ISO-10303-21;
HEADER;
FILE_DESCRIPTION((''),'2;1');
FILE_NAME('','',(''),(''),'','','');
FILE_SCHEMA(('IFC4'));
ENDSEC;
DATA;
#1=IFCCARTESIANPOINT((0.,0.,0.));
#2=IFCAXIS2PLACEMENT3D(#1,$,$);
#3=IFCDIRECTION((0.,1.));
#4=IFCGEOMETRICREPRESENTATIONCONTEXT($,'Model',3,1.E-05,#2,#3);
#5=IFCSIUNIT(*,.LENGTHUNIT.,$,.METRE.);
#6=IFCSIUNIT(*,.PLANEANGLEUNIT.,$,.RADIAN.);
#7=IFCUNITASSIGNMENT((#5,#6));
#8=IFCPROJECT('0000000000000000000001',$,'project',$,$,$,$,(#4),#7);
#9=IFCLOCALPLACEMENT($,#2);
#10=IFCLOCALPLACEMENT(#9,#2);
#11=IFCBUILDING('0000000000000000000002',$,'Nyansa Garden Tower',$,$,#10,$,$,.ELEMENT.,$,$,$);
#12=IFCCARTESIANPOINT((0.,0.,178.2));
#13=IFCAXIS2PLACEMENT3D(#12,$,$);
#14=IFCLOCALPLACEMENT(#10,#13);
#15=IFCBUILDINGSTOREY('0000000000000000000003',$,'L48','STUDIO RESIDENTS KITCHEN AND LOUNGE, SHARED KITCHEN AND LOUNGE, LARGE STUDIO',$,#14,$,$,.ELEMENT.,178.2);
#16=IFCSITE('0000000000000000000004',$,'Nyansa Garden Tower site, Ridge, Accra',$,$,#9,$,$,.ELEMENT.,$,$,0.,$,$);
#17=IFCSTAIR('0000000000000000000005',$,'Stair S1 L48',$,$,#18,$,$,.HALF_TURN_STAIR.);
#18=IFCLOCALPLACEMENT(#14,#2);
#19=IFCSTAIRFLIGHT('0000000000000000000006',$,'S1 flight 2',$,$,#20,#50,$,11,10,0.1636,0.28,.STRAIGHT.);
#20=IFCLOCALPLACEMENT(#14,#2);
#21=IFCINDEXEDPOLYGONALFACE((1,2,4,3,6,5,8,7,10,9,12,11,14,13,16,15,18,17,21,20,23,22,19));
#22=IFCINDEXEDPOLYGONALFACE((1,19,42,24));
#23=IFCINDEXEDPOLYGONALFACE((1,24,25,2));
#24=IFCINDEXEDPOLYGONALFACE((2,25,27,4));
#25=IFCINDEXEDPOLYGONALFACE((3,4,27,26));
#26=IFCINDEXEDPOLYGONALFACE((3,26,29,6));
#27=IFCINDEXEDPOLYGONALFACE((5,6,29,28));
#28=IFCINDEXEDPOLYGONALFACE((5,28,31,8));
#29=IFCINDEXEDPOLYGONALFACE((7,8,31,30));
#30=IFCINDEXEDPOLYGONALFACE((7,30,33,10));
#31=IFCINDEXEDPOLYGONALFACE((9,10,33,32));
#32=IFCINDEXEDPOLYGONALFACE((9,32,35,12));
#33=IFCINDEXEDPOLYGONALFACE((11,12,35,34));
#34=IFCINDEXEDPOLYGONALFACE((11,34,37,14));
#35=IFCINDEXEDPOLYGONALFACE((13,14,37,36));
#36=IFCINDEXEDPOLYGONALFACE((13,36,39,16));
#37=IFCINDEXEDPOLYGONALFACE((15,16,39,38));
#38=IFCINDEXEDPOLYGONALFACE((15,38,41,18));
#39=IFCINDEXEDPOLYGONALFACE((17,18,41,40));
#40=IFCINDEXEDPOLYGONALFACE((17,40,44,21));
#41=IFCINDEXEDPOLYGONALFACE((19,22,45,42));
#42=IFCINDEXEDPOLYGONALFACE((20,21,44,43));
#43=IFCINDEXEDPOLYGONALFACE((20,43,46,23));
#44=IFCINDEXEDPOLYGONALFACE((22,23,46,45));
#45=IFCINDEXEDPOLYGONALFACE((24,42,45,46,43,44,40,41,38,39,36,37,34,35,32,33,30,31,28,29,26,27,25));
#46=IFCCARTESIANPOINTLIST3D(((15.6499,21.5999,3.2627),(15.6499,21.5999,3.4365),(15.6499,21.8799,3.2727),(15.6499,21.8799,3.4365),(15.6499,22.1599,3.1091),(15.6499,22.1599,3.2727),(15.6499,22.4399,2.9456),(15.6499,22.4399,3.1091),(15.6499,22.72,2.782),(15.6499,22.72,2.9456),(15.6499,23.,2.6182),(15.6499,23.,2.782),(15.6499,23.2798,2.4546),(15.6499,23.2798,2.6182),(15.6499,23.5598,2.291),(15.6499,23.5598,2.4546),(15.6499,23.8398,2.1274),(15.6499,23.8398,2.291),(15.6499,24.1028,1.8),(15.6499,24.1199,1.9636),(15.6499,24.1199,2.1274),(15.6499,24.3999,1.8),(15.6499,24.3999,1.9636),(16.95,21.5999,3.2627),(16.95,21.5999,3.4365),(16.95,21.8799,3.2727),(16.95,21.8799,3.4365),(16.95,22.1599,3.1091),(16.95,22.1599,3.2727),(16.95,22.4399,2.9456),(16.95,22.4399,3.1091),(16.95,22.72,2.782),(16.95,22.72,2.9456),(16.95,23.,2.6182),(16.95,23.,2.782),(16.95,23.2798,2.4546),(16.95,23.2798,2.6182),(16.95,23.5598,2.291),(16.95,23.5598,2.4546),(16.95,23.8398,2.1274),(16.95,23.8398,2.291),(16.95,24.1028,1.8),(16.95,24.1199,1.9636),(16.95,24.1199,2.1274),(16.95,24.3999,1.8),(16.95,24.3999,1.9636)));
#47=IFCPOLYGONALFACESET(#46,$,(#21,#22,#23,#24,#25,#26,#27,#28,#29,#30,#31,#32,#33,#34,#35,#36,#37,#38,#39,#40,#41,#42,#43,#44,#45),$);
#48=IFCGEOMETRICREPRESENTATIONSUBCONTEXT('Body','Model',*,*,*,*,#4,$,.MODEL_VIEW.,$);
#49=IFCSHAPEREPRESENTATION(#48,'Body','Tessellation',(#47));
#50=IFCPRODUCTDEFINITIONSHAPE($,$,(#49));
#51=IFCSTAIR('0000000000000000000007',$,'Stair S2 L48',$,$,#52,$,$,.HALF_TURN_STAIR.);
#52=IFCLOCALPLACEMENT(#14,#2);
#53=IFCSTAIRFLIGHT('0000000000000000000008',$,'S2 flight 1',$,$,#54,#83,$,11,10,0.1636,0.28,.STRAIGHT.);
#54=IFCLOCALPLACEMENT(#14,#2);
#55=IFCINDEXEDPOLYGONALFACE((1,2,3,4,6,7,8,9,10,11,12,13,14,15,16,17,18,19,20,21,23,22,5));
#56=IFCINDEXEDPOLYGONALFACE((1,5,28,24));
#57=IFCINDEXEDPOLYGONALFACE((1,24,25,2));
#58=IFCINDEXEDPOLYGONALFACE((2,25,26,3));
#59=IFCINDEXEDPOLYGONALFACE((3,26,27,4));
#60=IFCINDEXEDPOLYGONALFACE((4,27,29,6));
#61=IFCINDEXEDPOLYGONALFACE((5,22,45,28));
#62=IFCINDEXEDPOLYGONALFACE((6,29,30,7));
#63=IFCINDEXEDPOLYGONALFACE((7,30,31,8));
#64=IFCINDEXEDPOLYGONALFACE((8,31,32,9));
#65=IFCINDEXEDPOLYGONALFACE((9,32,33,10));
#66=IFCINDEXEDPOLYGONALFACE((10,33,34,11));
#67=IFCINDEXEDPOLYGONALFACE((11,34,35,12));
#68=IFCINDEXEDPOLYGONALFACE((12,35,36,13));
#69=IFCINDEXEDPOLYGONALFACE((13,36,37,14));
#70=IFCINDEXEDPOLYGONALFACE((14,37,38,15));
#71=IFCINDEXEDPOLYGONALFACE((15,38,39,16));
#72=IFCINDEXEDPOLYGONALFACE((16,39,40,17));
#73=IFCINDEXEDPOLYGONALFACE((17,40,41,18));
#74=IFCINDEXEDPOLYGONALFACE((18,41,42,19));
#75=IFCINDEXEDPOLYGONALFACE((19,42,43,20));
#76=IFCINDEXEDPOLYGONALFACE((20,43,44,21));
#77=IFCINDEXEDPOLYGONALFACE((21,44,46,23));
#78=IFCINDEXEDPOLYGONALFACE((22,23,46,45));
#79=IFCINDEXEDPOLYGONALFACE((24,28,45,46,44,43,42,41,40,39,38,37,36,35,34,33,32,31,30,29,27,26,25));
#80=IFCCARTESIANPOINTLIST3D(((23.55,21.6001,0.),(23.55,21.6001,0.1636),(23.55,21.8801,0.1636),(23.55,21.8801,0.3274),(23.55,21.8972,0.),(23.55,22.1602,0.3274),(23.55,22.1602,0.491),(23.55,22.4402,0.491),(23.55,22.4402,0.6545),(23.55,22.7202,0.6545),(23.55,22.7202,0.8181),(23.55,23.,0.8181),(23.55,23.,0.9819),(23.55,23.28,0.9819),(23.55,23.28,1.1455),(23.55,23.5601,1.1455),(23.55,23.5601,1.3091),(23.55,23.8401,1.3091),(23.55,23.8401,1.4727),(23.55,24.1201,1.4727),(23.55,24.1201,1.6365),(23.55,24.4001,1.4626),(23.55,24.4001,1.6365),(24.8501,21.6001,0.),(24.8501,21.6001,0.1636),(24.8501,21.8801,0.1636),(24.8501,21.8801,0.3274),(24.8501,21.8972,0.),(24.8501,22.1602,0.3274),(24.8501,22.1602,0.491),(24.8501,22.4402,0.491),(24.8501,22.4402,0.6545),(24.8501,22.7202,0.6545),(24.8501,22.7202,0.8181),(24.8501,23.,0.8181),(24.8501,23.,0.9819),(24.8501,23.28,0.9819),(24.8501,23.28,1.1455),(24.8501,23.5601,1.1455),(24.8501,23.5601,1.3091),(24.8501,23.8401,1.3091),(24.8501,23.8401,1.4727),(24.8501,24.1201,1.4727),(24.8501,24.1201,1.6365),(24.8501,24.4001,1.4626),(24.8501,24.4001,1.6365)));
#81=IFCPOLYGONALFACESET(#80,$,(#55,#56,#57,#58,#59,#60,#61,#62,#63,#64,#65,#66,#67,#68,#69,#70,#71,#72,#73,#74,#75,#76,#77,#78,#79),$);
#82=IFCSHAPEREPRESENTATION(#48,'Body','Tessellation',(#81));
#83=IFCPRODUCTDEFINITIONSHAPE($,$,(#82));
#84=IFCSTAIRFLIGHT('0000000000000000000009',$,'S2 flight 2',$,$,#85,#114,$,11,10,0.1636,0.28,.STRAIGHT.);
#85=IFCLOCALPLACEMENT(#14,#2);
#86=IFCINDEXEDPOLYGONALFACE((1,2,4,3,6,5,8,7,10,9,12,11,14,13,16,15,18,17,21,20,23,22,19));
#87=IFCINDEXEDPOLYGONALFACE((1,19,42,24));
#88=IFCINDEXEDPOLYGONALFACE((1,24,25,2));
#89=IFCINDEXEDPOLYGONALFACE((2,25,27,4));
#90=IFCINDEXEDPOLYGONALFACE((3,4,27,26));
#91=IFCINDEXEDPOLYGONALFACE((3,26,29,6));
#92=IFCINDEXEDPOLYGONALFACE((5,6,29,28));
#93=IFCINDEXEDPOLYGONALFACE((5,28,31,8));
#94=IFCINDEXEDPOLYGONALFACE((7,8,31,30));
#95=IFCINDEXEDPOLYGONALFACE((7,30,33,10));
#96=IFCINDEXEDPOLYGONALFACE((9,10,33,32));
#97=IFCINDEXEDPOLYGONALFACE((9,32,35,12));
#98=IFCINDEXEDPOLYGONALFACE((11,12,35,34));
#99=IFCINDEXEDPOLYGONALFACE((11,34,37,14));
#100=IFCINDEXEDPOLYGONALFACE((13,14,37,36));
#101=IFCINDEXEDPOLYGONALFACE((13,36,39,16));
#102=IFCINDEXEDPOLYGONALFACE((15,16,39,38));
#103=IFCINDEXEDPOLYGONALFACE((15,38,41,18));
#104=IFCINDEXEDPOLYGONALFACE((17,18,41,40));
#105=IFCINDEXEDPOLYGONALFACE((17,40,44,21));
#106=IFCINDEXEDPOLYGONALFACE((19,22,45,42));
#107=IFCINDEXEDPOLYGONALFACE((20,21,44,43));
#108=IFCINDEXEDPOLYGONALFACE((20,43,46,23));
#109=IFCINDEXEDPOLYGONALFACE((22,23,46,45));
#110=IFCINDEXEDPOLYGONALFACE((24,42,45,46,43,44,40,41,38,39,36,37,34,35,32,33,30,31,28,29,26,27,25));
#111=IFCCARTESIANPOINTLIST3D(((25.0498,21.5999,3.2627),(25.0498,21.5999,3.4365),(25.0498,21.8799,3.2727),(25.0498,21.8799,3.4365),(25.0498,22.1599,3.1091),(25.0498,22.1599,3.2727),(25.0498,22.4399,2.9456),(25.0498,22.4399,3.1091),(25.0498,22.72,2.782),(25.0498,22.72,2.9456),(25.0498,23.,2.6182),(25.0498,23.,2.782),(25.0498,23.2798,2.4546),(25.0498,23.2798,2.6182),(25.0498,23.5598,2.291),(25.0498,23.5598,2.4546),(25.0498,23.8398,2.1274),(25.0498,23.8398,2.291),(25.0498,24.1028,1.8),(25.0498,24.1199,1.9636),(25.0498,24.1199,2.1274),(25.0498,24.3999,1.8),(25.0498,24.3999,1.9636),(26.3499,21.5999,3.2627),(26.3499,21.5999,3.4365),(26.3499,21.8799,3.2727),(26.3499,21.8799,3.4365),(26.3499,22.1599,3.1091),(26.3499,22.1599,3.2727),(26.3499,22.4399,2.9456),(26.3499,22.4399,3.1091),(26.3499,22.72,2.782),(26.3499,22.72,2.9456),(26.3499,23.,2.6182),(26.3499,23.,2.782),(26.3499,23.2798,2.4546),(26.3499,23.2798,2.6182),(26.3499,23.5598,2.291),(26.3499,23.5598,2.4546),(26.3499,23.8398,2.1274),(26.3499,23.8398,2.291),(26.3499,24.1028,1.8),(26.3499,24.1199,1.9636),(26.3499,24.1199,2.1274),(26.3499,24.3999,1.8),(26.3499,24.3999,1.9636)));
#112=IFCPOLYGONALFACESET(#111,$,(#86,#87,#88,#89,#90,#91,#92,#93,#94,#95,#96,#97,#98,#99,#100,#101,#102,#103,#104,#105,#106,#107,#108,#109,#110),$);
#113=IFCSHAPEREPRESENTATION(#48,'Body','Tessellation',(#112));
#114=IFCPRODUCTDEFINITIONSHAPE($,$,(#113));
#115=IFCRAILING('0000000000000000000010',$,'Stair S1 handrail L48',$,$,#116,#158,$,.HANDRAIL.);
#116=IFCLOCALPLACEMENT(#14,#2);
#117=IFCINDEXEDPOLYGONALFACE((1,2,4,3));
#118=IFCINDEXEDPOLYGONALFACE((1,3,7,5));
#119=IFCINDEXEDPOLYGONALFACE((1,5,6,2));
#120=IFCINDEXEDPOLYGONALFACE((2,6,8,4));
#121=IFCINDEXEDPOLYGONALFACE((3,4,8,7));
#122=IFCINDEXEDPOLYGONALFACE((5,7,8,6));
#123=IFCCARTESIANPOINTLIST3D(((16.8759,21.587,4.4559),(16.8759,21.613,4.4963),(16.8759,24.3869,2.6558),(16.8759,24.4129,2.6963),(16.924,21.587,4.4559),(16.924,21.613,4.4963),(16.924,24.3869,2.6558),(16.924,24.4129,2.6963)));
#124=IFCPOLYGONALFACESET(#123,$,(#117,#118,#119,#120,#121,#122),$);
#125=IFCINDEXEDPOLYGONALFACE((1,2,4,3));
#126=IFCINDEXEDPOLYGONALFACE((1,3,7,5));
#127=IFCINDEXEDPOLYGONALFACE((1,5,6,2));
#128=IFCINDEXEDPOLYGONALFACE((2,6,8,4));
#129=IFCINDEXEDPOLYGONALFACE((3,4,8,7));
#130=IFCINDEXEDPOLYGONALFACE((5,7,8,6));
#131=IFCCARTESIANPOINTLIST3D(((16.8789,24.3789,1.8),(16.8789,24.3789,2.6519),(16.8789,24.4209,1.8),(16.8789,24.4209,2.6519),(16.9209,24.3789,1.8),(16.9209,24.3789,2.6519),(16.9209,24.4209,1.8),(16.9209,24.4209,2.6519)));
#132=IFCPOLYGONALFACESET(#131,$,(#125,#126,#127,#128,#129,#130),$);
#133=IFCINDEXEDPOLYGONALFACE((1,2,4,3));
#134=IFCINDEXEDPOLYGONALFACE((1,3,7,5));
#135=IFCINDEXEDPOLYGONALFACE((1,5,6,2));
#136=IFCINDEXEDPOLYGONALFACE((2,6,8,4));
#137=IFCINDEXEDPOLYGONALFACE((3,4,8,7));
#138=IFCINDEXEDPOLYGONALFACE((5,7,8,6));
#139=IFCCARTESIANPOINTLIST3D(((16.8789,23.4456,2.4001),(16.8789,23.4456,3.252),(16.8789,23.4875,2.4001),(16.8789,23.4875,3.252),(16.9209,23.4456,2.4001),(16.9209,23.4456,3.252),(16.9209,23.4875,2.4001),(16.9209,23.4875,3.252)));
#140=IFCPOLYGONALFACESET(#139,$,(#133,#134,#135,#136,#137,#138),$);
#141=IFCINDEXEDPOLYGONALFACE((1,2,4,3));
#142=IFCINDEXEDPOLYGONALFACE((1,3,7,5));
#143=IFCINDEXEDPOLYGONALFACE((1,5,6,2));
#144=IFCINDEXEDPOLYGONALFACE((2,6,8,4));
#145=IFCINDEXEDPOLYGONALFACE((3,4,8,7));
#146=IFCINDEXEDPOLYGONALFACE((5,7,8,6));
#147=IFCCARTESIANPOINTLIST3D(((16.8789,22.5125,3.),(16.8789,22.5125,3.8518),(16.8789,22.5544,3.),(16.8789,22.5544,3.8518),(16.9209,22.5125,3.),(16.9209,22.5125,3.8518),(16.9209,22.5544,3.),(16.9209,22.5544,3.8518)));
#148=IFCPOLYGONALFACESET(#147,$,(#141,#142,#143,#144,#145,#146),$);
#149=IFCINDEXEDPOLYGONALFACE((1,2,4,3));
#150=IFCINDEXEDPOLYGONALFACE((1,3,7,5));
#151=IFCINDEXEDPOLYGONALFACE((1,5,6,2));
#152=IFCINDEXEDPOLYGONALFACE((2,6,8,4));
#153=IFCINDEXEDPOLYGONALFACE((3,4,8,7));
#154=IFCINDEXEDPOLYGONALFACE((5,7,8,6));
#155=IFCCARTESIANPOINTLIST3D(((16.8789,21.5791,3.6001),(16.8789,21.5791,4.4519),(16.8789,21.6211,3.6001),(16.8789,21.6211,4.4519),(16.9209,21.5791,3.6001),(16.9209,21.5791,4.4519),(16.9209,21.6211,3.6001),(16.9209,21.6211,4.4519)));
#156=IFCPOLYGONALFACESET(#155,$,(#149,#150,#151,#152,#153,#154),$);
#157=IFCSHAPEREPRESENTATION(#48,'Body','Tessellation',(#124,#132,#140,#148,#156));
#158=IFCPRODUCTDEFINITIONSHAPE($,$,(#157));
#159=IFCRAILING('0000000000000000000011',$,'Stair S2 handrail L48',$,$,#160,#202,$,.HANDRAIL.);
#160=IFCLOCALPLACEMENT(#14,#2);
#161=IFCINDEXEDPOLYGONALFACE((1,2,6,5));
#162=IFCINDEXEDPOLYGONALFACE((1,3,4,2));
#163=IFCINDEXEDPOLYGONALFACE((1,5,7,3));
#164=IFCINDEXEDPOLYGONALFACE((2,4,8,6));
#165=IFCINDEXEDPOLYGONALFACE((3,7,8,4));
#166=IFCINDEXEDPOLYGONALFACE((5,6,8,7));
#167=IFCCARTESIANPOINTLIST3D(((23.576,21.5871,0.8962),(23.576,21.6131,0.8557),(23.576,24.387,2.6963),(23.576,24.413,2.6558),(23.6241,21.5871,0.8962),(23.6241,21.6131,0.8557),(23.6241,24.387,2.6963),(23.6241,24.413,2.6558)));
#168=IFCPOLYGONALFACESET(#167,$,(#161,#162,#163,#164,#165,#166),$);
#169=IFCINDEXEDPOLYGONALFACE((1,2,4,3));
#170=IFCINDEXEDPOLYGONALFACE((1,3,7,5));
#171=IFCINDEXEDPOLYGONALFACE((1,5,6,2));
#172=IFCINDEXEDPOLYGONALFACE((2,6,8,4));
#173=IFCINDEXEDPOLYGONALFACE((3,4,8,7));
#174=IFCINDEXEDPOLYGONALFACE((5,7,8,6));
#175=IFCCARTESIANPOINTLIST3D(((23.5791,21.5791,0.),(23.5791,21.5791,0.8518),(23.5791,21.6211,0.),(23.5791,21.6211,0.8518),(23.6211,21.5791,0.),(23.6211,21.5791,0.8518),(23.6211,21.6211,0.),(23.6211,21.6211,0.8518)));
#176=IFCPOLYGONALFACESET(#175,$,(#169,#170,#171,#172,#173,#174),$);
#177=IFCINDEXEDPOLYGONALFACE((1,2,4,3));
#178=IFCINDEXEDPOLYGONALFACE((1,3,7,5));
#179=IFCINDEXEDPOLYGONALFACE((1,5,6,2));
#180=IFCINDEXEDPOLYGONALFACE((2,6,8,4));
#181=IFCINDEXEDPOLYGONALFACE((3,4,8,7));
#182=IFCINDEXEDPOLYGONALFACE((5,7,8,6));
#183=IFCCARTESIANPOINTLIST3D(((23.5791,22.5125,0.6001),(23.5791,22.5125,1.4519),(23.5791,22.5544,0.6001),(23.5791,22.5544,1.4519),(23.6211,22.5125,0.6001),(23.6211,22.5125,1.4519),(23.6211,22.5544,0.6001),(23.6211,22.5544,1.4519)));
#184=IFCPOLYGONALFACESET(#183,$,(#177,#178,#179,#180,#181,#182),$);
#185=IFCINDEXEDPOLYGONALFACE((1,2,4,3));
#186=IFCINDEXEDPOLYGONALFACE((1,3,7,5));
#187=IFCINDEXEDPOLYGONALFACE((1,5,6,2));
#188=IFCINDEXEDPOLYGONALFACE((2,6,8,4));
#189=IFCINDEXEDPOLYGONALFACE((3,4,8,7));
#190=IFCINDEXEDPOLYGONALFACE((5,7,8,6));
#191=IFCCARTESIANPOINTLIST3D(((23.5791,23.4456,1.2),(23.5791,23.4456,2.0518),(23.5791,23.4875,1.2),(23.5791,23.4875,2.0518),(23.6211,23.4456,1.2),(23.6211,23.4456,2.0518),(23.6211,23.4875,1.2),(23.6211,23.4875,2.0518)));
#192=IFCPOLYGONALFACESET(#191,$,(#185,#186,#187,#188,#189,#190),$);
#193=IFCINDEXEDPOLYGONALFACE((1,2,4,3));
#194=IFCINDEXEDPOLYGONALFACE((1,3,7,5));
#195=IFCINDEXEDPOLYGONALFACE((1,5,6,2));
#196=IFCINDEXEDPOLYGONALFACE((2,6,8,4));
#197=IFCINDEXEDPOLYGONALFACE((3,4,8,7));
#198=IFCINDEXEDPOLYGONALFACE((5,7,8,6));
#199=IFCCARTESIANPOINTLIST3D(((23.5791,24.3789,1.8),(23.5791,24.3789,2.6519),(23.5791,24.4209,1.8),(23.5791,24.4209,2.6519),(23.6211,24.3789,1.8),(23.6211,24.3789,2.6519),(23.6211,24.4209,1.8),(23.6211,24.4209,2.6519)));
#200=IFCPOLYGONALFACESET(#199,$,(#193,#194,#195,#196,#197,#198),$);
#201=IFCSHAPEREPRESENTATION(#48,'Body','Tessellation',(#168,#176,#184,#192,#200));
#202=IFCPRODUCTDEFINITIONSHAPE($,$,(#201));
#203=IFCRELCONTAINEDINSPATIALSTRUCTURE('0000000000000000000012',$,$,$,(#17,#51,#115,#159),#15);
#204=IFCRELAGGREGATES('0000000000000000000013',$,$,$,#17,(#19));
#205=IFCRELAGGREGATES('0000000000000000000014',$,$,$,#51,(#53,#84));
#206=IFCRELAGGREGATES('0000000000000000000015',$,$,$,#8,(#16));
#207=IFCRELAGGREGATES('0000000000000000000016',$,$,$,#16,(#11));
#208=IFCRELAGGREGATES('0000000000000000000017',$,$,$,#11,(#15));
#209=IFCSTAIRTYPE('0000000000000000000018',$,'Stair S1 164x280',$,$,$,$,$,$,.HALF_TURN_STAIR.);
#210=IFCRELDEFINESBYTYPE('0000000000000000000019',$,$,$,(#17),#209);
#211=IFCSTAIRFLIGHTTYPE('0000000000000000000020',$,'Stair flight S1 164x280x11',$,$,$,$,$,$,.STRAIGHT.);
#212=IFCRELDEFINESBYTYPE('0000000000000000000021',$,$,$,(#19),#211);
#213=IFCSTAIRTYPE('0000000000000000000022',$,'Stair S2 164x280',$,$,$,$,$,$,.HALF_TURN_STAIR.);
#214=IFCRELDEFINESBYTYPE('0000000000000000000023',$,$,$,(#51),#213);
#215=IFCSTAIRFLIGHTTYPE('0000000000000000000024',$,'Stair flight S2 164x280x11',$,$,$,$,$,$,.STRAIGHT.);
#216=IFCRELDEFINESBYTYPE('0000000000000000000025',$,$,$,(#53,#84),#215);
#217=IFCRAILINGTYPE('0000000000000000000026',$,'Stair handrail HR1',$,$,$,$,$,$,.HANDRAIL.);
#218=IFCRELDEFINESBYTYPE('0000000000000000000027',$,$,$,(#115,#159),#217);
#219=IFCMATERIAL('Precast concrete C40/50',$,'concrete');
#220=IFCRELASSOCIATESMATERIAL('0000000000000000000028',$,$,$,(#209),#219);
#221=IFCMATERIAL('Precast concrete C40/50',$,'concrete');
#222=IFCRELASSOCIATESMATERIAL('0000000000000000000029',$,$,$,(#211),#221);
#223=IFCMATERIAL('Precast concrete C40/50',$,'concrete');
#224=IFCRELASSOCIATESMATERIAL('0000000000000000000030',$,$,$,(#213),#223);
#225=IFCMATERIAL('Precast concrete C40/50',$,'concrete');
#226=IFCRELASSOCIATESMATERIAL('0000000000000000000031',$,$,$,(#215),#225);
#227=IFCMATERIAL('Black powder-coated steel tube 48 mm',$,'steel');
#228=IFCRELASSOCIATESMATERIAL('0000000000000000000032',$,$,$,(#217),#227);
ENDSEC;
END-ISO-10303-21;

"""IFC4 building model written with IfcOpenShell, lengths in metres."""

from ifc_helpers import new_model, si_unit, direction, frame, origin, origin_2d, place, context, subcontext, project, spatial, polyline, rectangle, outline, extrude, material, type_object, element, aggregate, save


model = new_model("IFC4")

# Units and contexts
model_context = context("Model", 3, precision=1e-05, world=origin(), true_north=direction((0.0, 1.0)))
body_context = subcontext(model_context, "Body", "Model", "MODEL_VIEW")
ifc_project = project(units=[si_unit("LENGTHUNIT", "METRE"), si_unit("PLANEANGLEUNIT", "RADIAN")], contexts=[model_context])

# Site, building, storey
site_placement = place(None, origin())
site = spatial("IfcSite", under=ifc_project, at=site_placement, Name="Nyansa Garden Tower site, Ridge, Accra", CompositionType="ELEMENT", RefElevation=0.0)
building_placement = place(site_placement, origin())
building = spatial("IfcBuilding", under=site, at=building_placement, Name="Nyansa Garden Tower", CompositionType="ELEMENT")
storey_placement = place(building_placement, frame((0.0, 0.0, 178.2)))
storey = spatial("IfcBuildingStorey", under=building, at=storey_placement, Name="L48", Description="STUDIO RESIDENTS KITCHEN AND LOUNGE, SHARED KITCHEN AND LOUNGE, LARGE STUDIO", CompositionType="ELEMENT", Elevation=178.2)

# Stairs, stair flights
ifc_material_1 = material(Name="Precast concrete C40/50", Category="concrete")
stair_type_1 = type_object("IfcStairType", Name="Stair S1 164x280", PredefinedType="HALF_TURN_STAIR", material=ifc_material_1)
stair_1_placement = place(storey_placement, origin())
stair_1 = element("IfcStair", 1, at=stair_1_placement, inside=storey, type_object=stair_type_1, Name="Stair S1 L48", PredefinedType="HALF_TURN_STAIR")
ifc_material_2 = material(Name="Precast concrete C40/50", Category="concrete")
stair_flight_type_1 = type_object("IfcStairFlightType", Name="Stair flight S1 164x280x11", PredefinedType="STRAIGHT", material=ifc_material_2)
stair_flight_1_placement = place(storey_placement, frame((16.3, 24.3999, 1.8), z_axis=(0.0, 0.0, 1.0), x_axis=(0.0, -1.0, 0.0)))
stair_flight_1 = element("IfcStairFlight", 2, at=stair_flight_1_placement, type_object=stair_flight_type_1, Name="S1 flight 2", NumberOfRisers=11, NumberOfTreads=10, PredefinedType="STRAIGHT", RiserHeight=0.1636, TreadLength=0.28, context=body_context, shape_type="SweptSolid", body=[
    extrude(outline(polyline([(0.0, 0.0), (0.0, 0.1636), (0.28, 0.1636), (0.28, 0.3274), (0.5601, 0.3274), (0.5601, 0.491), (0.8401, 0.491), (0.8401, 0.6545), (1.1201, 0.6545), (1.1201, 0.8181), (1.3999, 0.8181), (1.3999, 0.9819), (1.6799, 0.9819), (1.6799, 1.1455), (1.96, 1.1455), (1.96, 1.3091), (2.24, 1.3091), (2.24, 1.4727), (2.52, 1.4727), (2.52, 1.6365), (2.8, 1.6365), (2.8, 1.8), (2.8, 1.4626), (0.2971, 0.0), (0.0, 0.0)])), frame((0.0, 0.6499, 0.0), z_axis=(0.0, -1.0, 0.0), x_axis=(1.0, 0.0, 0.0)), (0.0, 0.0, 1.0), 1.3),
])
aggregate(stair_1, [stair_flight_1])
ifc_material_3 = material(Name="Precast concrete C40/50", Category="concrete")
stair_type_2 = type_object("IfcStairType", Name="Stair S2 164x280", PredefinedType="HALF_TURN_STAIR", material=ifc_material_3)
stair_2_placement = place(storey_placement, origin())
stair_2 = element("IfcStair", 3, at=stair_2_placement, inside=storey, type_object=stair_type_2, Name="Stair S2 L48", PredefinedType="HALF_TURN_STAIR")
ifc_material_4 = material(Name="Precast concrete C40/50", Category="concrete")
stair_flight_type_2 = type_object("IfcStairFlightType", Name="Stair flight S2 164x280x11", PredefinedType="STRAIGHT", material=ifc_material_4)
stair_flight_2_placement = place(storey_placement, frame((24.2, 21.6001, 0.0), z_axis=(0.0, 0.0, 1.0), x_axis=(0.0, 1.0, 0.0)))
stair_flight_2 = element("IfcStairFlight", 4, at=stair_flight_2_placement, type_object=stair_flight_type_2, Name="S2 flight 1", NumberOfRisers=11, NumberOfTreads=10, PredefinedType="STRAIGHT", RiserHeight=0.1636, TreadLength=0.28, context=body_context, shape_type="SweptSolid", body=[
    extrude(outline(polyline([(0.0, 0.0), (0.0, 0.1636), (0.28, 0.1636), (0.28, 0.3274), (0.5601, 0.3274), (0.5601, 0.491), (0.8401, 0.491), (0.8401, 0.6545), (1.1201, 0.6545), (1.1201, 0.8181), (1.3999, 0.8181), (1.3999, 0.9819), (1.6799, 0.9819), (1.6799, 1.1455), (1.96, 1.1455), (1.96, 1.3091), (2.24, 1.3091), (2.24, 1.4727), (2.52, 1.4727), (2.52, 1.6365), (2.8, 1.6365), (2.8, 1.8), (2.8, 1.4626), (0.2971, 0.0), (0.0, 0.0)])), frame((0.0, 0.6499, 0.0), z_axis=(0.0, -1.0, 0.0), x_axis=(1.0, 0.0, 0.0)), (0.0, 0.0, 1.0), 1.3),
])
stair_flight_3_placement = place(storey_placement, frame((25.7, 24.3999, 1.8), z_axis=(0.0, 0.0, 1.0), x_axis=(0.0, -1.0, 0.0)))
stair_flight_3 = element("IfcStairFlight", 5, at=stair_flight_3_placement, type_object=stair_flight_type_2, Name="S2 flight 2", NumberOfRisers=11, NumberOfTreads=10, PredefinedType="STRAIGHT", RiserHeight=0.1636, TreadLength=0.28, context=body_context, shape_type="SweptSolid", body=[
    extrude(outline(polyline([(0.0, 0.0), (0.0, 0.1636), (0.28, 0.1636), (0.28, 0.3274), (0.5601, 0.3274), (0.5601, 0.491), (0.8401, 0.491), (0.8401, 0.6545), (1.1201, 0.6545), (1.1201, 0.8181), (1.3999, 0.8181), (1.3999, 0.9819), (1.6799, 0.9819), (1.6799, 1.1455), (1.96, 1.1455), (1.96, 1.3091), (2.24, 1.3091), (2.24, 1.4727), (2.52, 1.4727), (2.52, 1.6365), (2.8, 1.6365), (2.8, 1.8), (2.8, 1.4626), (0.2971, 0.0), (0.0, 0.0)])), frame((0.0, 0.6499, 0.0), z_axis=(0.0, -1.0, 0.0), x_axis=(1.0, 0.0, 0.0)), (0.0, 0.0, 1.0), 1.3),
])
aggregate(stair_2, [stair_flight_2, stair_flight_3])

# Railings
ifc_material_5 = material(Name="Black powder-coated steel tube 48 mm", Category="steel")
railing_type = type_object("IfcRailingType", Name="Stair handrail HR1", PredefinedType="HANDRAIL", material=ifc_material_5)
railing_1_placement = place(storey_placement, frame((16.8999, 24.3999, 1.8)))
element("IfcRailing", 6, at=railing_1_placement, inside=storey, type_object=railing_type, Name="Stair S1 handrail L48", PredefinedType="HANDRAIL", context=body_context, shape_type="SweptSolid", body=[
    extrude(rectangle(XDim=0.0481, YDim=0.0481, at=origin_2d()), frame((0.0, 0.0, 0.876), z_axis=(0.0, -0.841155, 0.540795), x_axis=(1.0, 0.0, 0.0)), (0.0, 0.0, 1.0), 3.3286),
    extrude(rectangle(XDim=0.042, YDim=0.042, at=origin_2d()), origin(), (0.0, 0.0, 1.0), 0.8518),
    extrude(rectangle(XDim=0.042, YDim=0.042, at=origin_2d()), frame((0.0, -0.9333, 0.6001)), (0.0, 0.0, 1.0), 0.8518),
    extrude(rectangle(XDim=0.042, YDim=0.042, at=origin_2d()), frame((0.0, -1.8665, 1.2)), (0.0, 0.0, 1.0), 0.8518),
    extrude(rectangle(XDim=0.042, YDim=0.042, at=origin_2d()), frame((0.0, -2.7998, 1.8)), (0.0, 0.0, 1.0), 0.8518),
])
railing_2_placement = place(storey_placement, frame((23.6001, 21.6001, 0.0)))
element("IfcRailing", 7, at=railing_2_placement, inside=storey, type_object=railing_type, Name="Stair S2 handrail L48", PredefinedType="HANDRAIL", context=body_context, shape_type="SweptSolid", body=[
    extrude(rectangle(XDim=0.0481, YDim=0.0481, at=origin_2d()), frame((0.0, 0.0, 0.876), z_axis=(0.0, 0.841155, 0.540795), x_axis=(-1.0, 0.0, 0.0)), (0.0, 0.0, 1.0), 3.3286),
    extrude(rectangle(XDim=0.042, YDim=0.042, at=origin_2d()), origin(), (0.0, 0.0, 1.0), 0.8518),
    extrude(rectangle(XDim=0.042, YDim=0.042, at=origin_2d()), frame((0.0, 0.9333, 0.6001)), (0.0, 0.0, 1.0), 0.8518),
    extrude(rectangle(XDim=0.042, YDim=0.042, at=origin_2d()), frame((0.0, 1.8665, 1.2)), (0.0, 0.0, 1.0), 0.8518),
    extrude(rectangle(XDim=0.042, YDim=0.042, at=origin_2d()), frame((0.0, 2.7998, 1.8)), (0.0, 0.0, 1.0), 0.8518),
])

save(model, "model.ifc")
